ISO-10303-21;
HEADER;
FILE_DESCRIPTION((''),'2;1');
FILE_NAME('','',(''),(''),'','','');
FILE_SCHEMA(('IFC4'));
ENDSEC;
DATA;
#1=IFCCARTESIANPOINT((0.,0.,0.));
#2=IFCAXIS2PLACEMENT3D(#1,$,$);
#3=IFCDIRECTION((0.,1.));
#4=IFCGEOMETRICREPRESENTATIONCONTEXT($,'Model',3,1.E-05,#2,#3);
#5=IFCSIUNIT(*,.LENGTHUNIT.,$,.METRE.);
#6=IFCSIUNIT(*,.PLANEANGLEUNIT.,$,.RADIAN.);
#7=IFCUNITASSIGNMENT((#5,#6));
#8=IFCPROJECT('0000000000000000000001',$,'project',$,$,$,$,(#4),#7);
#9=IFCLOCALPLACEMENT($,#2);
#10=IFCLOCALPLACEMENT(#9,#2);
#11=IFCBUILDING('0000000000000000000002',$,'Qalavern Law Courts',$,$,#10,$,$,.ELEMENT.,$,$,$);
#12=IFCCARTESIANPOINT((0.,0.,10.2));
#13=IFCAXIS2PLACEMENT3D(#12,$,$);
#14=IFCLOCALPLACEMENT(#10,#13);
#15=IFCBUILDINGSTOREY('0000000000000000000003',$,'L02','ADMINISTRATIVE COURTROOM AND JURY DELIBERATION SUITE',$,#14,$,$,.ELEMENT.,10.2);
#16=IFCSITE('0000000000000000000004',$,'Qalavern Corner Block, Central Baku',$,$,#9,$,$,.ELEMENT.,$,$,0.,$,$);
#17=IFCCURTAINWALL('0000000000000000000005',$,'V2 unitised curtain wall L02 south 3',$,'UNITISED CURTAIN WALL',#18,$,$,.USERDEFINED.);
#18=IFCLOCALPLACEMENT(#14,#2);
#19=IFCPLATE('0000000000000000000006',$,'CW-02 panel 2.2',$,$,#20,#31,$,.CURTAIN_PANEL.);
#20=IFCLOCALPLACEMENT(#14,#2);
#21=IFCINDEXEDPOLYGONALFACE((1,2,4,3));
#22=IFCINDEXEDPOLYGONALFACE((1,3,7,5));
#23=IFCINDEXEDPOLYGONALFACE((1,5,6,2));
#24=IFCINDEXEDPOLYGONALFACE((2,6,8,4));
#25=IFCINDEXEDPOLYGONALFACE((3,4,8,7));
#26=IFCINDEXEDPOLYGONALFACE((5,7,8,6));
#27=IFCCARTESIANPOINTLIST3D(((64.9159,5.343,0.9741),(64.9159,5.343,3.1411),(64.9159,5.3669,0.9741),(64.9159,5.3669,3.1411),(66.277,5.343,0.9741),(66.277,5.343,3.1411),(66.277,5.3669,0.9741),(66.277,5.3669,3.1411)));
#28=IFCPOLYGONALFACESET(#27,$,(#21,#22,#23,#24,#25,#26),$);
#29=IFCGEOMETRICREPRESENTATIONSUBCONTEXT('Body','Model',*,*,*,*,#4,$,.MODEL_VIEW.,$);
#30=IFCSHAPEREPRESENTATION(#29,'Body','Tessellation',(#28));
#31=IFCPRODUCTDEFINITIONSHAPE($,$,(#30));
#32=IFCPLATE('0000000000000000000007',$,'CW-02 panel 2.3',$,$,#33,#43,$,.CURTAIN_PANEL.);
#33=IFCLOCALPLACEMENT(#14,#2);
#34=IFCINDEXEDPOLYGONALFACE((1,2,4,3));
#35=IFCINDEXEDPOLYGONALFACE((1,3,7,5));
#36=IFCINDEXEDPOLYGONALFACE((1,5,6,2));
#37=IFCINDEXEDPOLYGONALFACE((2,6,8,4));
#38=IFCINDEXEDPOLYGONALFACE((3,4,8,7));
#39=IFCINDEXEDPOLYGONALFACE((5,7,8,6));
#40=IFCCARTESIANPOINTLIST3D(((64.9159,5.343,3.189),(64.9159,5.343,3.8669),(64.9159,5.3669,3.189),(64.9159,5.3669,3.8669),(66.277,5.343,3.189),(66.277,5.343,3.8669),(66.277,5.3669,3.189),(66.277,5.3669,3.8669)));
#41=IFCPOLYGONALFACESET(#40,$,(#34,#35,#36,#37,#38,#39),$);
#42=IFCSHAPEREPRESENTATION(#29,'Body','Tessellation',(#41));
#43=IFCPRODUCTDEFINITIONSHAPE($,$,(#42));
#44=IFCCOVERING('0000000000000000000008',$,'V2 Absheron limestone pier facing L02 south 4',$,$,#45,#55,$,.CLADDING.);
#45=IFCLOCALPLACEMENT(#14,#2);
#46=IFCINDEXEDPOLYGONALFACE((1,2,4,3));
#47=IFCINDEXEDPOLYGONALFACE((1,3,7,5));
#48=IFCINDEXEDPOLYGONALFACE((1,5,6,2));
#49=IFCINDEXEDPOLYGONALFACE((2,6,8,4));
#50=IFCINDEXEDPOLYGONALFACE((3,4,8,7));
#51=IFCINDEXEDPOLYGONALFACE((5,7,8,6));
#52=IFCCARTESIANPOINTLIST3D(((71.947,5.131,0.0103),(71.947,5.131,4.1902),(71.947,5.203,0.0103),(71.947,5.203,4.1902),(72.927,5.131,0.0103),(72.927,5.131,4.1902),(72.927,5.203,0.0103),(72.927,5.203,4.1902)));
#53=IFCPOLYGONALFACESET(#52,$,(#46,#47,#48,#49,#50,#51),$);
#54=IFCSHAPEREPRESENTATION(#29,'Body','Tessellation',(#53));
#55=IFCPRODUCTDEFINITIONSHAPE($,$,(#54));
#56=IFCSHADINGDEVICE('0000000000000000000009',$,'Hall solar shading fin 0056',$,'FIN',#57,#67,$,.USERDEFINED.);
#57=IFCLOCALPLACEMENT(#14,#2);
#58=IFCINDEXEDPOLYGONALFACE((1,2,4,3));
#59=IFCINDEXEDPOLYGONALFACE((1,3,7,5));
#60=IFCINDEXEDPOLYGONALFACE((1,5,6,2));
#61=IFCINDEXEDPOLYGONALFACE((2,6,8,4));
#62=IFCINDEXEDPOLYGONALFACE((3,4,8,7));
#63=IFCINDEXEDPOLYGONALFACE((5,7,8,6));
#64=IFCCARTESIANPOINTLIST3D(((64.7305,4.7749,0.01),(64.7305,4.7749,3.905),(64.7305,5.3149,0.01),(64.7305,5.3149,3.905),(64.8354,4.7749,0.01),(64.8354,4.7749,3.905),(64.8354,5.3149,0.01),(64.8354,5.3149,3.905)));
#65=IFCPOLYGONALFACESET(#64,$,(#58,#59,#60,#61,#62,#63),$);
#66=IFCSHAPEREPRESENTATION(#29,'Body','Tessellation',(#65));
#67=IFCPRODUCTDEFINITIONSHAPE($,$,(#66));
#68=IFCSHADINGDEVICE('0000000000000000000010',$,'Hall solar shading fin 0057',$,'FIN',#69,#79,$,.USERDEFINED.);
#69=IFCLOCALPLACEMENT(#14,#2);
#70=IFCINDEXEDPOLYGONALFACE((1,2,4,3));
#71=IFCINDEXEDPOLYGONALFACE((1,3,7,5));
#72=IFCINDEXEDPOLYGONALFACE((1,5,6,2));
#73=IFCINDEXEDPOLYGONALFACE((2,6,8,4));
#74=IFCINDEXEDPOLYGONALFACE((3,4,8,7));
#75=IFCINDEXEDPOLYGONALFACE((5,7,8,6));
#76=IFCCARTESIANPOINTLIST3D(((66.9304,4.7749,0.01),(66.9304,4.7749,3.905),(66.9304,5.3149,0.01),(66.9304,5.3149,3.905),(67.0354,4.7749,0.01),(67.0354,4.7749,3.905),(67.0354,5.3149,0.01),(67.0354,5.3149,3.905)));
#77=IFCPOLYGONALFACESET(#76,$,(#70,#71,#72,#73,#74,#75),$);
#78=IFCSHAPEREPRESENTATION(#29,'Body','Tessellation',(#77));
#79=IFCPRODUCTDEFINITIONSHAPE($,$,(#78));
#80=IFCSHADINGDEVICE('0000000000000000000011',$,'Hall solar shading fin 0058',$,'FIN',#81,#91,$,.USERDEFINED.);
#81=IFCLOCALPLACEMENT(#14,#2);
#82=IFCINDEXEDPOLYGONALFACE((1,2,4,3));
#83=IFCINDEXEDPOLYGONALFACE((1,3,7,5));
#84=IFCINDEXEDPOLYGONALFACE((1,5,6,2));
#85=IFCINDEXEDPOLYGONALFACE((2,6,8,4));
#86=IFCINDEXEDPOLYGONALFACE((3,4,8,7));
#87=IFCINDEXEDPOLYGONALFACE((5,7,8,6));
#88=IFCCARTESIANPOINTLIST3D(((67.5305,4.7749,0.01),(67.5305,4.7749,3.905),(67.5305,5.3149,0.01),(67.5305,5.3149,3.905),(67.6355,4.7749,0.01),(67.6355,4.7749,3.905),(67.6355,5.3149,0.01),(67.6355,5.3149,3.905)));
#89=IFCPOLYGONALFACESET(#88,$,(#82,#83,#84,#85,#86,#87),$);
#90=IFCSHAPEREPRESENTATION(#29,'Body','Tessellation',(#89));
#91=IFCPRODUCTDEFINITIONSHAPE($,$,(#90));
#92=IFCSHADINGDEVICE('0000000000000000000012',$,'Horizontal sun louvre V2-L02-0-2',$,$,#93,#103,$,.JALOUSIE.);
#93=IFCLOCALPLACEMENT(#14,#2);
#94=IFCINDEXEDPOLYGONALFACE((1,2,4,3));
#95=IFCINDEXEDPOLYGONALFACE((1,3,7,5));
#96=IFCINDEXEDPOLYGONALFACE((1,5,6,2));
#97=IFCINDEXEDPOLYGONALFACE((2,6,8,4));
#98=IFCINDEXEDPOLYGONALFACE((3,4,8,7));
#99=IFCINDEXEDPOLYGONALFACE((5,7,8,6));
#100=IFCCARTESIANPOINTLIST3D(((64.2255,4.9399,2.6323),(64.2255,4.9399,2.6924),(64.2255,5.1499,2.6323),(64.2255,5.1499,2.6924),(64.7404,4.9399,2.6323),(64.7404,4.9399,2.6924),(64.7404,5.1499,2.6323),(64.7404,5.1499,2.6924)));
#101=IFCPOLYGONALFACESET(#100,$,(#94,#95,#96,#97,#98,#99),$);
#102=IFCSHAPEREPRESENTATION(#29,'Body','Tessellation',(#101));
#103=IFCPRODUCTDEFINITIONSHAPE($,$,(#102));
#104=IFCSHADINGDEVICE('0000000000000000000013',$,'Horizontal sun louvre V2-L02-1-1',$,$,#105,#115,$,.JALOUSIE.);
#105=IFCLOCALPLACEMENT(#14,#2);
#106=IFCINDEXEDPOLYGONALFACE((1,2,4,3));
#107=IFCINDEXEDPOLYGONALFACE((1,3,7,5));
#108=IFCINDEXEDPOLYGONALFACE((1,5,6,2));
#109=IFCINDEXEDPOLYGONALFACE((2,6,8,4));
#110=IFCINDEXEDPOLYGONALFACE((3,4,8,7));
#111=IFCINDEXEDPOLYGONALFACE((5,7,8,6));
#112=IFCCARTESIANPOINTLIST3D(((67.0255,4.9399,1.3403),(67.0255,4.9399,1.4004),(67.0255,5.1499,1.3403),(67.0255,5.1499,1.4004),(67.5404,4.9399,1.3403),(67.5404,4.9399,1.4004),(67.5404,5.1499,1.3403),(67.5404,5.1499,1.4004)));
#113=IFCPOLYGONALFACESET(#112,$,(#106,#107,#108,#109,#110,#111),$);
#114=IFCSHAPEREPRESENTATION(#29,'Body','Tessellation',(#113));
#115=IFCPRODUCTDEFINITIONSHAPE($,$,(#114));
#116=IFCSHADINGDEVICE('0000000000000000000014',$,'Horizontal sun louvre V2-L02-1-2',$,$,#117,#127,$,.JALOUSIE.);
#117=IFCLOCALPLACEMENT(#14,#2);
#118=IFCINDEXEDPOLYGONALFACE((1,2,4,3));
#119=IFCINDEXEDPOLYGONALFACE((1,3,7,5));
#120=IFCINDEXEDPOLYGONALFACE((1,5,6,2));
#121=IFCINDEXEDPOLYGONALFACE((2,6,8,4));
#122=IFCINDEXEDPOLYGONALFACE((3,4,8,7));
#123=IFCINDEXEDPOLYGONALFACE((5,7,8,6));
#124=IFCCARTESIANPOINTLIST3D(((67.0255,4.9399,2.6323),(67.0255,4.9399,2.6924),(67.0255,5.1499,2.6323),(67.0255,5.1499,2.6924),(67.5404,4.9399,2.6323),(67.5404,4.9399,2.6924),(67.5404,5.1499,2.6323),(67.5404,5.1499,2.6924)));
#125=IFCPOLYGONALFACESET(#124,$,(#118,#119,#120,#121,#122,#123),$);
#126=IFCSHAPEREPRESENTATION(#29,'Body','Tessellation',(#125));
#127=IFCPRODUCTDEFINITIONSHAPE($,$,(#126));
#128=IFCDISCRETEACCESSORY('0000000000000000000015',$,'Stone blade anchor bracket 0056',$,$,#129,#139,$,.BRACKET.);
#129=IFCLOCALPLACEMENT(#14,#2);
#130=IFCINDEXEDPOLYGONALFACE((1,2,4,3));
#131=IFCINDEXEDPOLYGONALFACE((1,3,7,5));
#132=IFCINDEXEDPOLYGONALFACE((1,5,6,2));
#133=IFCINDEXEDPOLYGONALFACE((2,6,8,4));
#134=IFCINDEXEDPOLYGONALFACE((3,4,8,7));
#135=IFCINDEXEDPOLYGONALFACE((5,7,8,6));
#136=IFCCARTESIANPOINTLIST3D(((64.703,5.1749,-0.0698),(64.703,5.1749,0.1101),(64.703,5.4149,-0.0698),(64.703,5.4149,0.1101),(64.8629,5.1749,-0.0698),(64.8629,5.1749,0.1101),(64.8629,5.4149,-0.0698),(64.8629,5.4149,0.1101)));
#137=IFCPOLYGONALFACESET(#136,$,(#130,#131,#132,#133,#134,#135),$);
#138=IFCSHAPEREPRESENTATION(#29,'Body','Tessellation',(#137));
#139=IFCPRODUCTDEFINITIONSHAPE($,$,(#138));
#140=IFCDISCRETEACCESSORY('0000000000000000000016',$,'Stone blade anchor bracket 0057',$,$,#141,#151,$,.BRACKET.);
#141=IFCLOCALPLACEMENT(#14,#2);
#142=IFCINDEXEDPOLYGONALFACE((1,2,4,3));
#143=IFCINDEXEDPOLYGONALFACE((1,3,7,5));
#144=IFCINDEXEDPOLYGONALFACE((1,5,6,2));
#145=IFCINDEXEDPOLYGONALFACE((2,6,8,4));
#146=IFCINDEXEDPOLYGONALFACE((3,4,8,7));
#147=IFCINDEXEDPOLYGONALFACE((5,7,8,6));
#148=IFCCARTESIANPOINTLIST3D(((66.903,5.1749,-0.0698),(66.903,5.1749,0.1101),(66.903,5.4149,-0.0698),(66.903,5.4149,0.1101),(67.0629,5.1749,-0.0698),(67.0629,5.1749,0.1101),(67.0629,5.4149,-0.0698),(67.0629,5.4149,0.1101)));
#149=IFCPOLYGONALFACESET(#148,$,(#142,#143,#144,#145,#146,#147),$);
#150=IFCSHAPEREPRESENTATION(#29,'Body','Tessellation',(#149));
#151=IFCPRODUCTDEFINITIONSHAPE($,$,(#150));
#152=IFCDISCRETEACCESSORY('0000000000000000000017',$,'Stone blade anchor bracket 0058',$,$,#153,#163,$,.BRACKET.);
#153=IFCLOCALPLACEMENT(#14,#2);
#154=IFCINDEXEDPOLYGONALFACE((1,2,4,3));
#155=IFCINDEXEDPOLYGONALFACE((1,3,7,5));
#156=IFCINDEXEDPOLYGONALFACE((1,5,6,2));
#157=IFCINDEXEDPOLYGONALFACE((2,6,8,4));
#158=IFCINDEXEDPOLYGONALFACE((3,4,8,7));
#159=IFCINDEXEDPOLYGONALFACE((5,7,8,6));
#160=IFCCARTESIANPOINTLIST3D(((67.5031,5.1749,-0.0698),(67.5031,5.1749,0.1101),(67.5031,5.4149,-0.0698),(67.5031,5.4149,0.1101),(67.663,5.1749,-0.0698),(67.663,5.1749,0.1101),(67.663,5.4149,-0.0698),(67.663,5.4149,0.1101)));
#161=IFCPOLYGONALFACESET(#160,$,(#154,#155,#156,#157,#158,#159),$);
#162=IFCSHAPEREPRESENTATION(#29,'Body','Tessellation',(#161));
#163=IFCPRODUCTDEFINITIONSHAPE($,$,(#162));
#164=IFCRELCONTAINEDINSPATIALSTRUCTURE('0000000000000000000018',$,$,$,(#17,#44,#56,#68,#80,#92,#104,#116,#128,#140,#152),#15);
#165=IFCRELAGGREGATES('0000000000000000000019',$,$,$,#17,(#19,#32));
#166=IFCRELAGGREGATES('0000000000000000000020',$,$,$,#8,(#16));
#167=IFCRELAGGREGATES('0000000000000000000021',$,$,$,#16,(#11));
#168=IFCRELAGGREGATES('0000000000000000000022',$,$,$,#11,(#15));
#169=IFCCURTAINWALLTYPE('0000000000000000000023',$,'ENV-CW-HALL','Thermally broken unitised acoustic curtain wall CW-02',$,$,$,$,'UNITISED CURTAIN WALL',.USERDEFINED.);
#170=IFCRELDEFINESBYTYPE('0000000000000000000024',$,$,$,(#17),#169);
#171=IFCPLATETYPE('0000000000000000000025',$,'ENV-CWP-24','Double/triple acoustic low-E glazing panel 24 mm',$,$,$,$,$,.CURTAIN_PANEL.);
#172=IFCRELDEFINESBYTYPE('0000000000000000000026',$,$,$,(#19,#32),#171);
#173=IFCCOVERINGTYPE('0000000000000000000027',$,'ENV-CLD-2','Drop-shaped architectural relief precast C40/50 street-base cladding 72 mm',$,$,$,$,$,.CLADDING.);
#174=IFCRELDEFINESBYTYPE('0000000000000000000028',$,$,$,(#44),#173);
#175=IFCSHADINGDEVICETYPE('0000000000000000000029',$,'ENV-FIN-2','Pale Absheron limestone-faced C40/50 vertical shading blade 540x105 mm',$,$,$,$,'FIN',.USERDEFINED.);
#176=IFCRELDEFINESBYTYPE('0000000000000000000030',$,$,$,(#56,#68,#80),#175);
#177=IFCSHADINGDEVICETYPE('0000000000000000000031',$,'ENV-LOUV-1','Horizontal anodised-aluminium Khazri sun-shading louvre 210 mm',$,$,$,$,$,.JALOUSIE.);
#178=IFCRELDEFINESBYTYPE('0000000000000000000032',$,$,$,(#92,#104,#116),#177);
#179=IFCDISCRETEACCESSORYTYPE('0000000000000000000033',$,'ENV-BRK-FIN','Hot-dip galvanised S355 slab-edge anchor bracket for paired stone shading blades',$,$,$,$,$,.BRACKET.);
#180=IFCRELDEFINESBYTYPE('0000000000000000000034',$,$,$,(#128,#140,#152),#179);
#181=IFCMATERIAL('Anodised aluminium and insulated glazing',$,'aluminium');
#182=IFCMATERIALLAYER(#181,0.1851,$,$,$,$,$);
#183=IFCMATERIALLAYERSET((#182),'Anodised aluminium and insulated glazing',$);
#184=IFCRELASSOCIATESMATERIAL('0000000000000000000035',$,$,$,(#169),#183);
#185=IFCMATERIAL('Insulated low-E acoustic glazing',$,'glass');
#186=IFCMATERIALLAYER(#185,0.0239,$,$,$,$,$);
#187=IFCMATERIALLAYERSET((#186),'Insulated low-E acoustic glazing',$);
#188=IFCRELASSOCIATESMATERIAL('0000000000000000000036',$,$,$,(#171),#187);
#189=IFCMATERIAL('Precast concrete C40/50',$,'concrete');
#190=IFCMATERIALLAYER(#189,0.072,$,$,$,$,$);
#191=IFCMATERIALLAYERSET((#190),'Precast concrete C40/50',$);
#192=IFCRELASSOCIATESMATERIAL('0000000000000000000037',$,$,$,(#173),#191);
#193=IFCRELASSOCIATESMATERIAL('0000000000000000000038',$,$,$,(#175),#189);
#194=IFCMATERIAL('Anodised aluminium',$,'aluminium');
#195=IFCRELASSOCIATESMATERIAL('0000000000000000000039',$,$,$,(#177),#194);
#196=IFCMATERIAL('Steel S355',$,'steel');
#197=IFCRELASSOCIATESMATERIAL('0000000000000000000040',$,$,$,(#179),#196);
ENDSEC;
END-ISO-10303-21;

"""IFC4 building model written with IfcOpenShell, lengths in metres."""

from ifc_helpers import new_model, si_unit, direction, frame, origin, origin_2d, place, context, subcontext, project, spatial, rectangle, extrude, material, layer, layer_set, type_object, element, aggregate, save


model = new_model("IFC4")

# Units and contexts
model_context = context("Model", 3, precision=1e-05, world=origin(), true_north=direction((0.0, 1.0)))
body_context = subcontext(model_context, "Body", "Model", "MODEL_VIEW")
ifc_project = project(units=[si_unit("LENGTHUNIT", "METRE"), si_unit("PLANEANGLEUNIT", "RADIAN")], contexts=[model_context])

# Site, building, storey
site_placement = place(None, origin())
site = spatial("IfcSite", under=ifc_project, at=site_placement, Name="Qalavern Corner Block, Central Baku", CompositionType="ELEMENT", RefElevation=0.0)
building_placement = place(site_placement, origin())
building = spatial("IfcBuilding", under=site, at=building_placement, Name="Qalavern Law Courts", CompositionType="ELEMENT")
storey_placement = place(building_placement, frame((0.0, 0.0, 10.2)))
storey = spatial("IfcBuildingStorey", under=building, at=storey_placement, Name="L02", Description="ADMINISTRATIVE COURTROOM AND JURY DELIBERATION SUITE", CompositionType="ELEMENT", Elevation=10.2)

# Curtain wall, plates
ifc_material_1 = material(Name="Anodised aluminium and insulated glazing", Category="aluminium")
ifc_layer_1 = layer(ifc_material_1, 0.1851)
ifc_layer_set_1 = layer_set([ifc_layer_1], Name="Anodised aluminium and insulated glazing")
curtain_wall_type = type_object("IfcCurtainWallType", Name="ENV-CW-HALL", Description="Thermally broken unitised acoustic curtain wall CW-02", ElementType="UNITISED CURTAIN WALL", PredefinedType="USERDEFINED", material=ifc_layer_set_1)
curtain_wall_placement = place(storey_placement, origin())
curtain_wall = element("IfcCurtainWall", 1, at=curtain_wall_placement, inside=storey, type_object=curtain_wall_type, Name="V2 unitised curtain wall L02 south 3", ObjectType="UNITISED CURTAIN WALL", PredefinedType="USERDEFINED")
ifc_material_2 = material(Name="Anodised aluminium", Category="aluminium")
ifc_material_3 = material(Name="Insulated low-E acoustic glazing", Category="glass")
ifc_layer_2 = layer(ifc_material_3, 0.0239)
ifc_layer_set_2 = layer_set([ifc_layer_2], Name="Insulated low-E acoustic glazing")
plate_type = type_object("IfcPlateType", Name="ENV-CWP-24", Description="Double/triple acoustic low-E glazing panel 24 mm", PredefinedType="CURTAIN_PANEL", material=ifc_layer_set_2)
plate_1_placement = place(storey_placement, frame((65.5964, 5.355, 0.9741), z_axis=(0.0, 0.0, 1.0), x_axis=(1.0, 0.0, 0.0)))
plate_1 = element("IfcPlate", 2, at=plate_1_placement, type_object=plate_type, Name="CW-02 panel 2.2", PredefinedType="CURTAIN_PANEL", context=body_context, shape_type="SweptSolid", body=[
    extrude(rectangle(XDim=1.3611, YDim=0.0239, at=origin_2d()), origin(), (0.0, 0.0, 1.0), 2.167),
])
plate_2_placement = place(storey_placement, frame((65.5964, 5.355, 3.189), z_axis=(0.0, 0.0, 1.0), x_axis=(1.0, 0.0, 0.0)))
plate_2 = element("IfcPlate", 3, at=plate_2_placement, type_object=plate_type, Name="CW-02 panel 2.3", PredefinedType="CURTAIN_PANEL", context=body_context, shape_type="SweptSolid", body=[
    extrude(rectangle(XDim=1.3611, YDim=0.0239, at=origin_2d()), origin(), (0.0, 0.0, 1.0), 0.678),
])
aggregate(curtain_wall, [plate_1, plate_2])

# Covering
ifc_material_4 = material(Name="Precast concrete C40/50", Category="concrete")
ifc_layer_3 = layer(ifc_material_4, 0.072)
ifc_layer_set_3 = layer_set([ifc_layer_3], Name="Precast concrete C40/50")
covering_type = type_object("IfcCoveringType", Name="ENV-CLD-2", Description="Drop-shaped architectural relief precast C40/50 street-base cladding 72 mm", PredefinedType="CLADDING", material=ifc_layer_set_3)
covering_placement = place(storey_placement, frame((72.437, 5.167, 0.0103), z_axis=(0.0, 0.0, 1.0), x_axis=(1.0, 0.0, 0.0)))
element("IfcCovering", 4, at=covering_placement, inside=storey, type_object=covering_type, Name="V2 Absheron limestone pier facing L02 south 4", PredefinedType="CLADDING", context=body_context, shape_type="SweptSolid", body=[
    extrude(rectangle(XDim=0.98, YDim=0.072, at=origin_2d()), origin(), (0.0, 0.0, 1.0), 4.1799),
])

# Shading devices
shading_device_type_1 = type_object("IfcShadingDeviceType", Name="ENV-FIN-2", Description="Pale Absheron limestone-faced C40/50 vertical shading blade 540x105 mm", ElementType="FIN", PredefinedType="USERDEFINED", material=ifc_material_4)
for number, where, z_axis, x_axis, name in (
    (5, (64.783, 5.0449, 0.01), (0.0, 0.0, 1.0), (0.0, -1.0, 0.0), "Hall solar shading fin 0056"),
    (6, (66.9829, 5.0449, 0.01), (0.0, 0.0, 1.0), (0.0, -1.0, 0.0), "Hall solar shading fin 0057"),
    (7, (67.583, 5.0449, 0.01), (0.0, 0.0, 1.0), (0.0, -1.0, 0.0), "Hall solar shading fin 0058"),
):
    element("IfcShadingDevice", number, at=place(storey_placement, frame(where, z_axis=z_axis, x_axis=x_axis)), inside=storey, type_object=shading_device_type_1, Name=name, ObjectType="FIN", PredefinedType="USERDEFINED", context=body_context, shape_type="SweptSolid", body=[
        extrude(rectangle(XDim=0.54, YDim=0.105, at=origin_2d()), origin(), (0.0, 0.0, 1.0), 3.895),
    ])
shading_device_type_2 = type_object("IfcShadingDeviceType", Name="ENV-LOUV-1", Description="Horizontal anodised-aluminium Khazri sun-shading louvre 210 mm", PredefinedType="JALOUSIE", material=ifc_material_2)
for number, where, z_axis, x_axis, name in (
    (8, (64.4829, 5.0449, 2.6323), (0.0, 0.0, 1.0), (1.0, 0.0, 0.0), "Horizontal sun louvre V2-L02-0-2"),
    (9, (67.283, 5.0449, 1.3403), (0.0, 0.0, 1.0), (1.0, 0.0, 0.0), "Horizontal sun louvre V2-L02-1-1"),
    (10, (67.283, 5.0449, 2.6323), (0.0, 0.0, 1.0), (1.0, 0.0, 0.0), "Horizontal sun louvre V2-L02-1-2"),
):
    element("IfcShadingDevice", number, at=place(storey_placement, frame(where, z_axis=z_axis, x_axis=x_axis)), inside=storey, type_object=shading_device_type_2, Name=name, PredefinedType="JALOUSIE", context=body_context, shape_type="SweptSolid", body=[
        extrude(rectangle(XDim=0.5149, YDim=0.21, at=origin_2d()), origin(), (0.0, 0.0, 1.0), 0.0601),
    ])

# Discrete accessories
ifc_material_5 = material(Name="Steel S355", Category="steel")
discrete_accessory_type = type_object("IfcDiscreteAccessoryType", Name="ENV-BRK-FIN", Description="Hot-dip galvanised S355 slab-edge anchor bracket for paired stone shading blades", PredefinedType="BRACKET", material=ifc_material_5)
for number, where, z_axis, x_axis, name in (
    (11, (64.783, 5.2949, -0.0698), (0.0, 0.0, 1.0), (0.0, -1.0, 0.0), "Stone blade anchor bracket 0056"),
    (12, (66.9829, 5.2949, -0.0698), (0.0, 0.0, 1.0), (0.0, -1.0, 0.0), "Stone blade anchor bracket 0057"),
    (13, (67.583, 5.2949, -0.0698), (0.0, 0.0, 1.0), (0.0, -1.0, 0.0), "Stone blade anchor bracket 0058"),
):
    element("IfcDiscreteAccessory", number, at=place(storey_placement, frame(where, z_axis=z_axis, x_axis=x_axis)), inside=storey, type_object=discrete_accessory_type, Name=name, PredefinedType="BRACKET", context=body_context, shape_type="SweptSolid", body=[
        extrude(rectangle(XDim=0.24, YDim=0.1599, at=origin_2d()), origin(), (0.0, 0.0, 1.0), 0.1799),
    ])

save(model, "model.ifc")
